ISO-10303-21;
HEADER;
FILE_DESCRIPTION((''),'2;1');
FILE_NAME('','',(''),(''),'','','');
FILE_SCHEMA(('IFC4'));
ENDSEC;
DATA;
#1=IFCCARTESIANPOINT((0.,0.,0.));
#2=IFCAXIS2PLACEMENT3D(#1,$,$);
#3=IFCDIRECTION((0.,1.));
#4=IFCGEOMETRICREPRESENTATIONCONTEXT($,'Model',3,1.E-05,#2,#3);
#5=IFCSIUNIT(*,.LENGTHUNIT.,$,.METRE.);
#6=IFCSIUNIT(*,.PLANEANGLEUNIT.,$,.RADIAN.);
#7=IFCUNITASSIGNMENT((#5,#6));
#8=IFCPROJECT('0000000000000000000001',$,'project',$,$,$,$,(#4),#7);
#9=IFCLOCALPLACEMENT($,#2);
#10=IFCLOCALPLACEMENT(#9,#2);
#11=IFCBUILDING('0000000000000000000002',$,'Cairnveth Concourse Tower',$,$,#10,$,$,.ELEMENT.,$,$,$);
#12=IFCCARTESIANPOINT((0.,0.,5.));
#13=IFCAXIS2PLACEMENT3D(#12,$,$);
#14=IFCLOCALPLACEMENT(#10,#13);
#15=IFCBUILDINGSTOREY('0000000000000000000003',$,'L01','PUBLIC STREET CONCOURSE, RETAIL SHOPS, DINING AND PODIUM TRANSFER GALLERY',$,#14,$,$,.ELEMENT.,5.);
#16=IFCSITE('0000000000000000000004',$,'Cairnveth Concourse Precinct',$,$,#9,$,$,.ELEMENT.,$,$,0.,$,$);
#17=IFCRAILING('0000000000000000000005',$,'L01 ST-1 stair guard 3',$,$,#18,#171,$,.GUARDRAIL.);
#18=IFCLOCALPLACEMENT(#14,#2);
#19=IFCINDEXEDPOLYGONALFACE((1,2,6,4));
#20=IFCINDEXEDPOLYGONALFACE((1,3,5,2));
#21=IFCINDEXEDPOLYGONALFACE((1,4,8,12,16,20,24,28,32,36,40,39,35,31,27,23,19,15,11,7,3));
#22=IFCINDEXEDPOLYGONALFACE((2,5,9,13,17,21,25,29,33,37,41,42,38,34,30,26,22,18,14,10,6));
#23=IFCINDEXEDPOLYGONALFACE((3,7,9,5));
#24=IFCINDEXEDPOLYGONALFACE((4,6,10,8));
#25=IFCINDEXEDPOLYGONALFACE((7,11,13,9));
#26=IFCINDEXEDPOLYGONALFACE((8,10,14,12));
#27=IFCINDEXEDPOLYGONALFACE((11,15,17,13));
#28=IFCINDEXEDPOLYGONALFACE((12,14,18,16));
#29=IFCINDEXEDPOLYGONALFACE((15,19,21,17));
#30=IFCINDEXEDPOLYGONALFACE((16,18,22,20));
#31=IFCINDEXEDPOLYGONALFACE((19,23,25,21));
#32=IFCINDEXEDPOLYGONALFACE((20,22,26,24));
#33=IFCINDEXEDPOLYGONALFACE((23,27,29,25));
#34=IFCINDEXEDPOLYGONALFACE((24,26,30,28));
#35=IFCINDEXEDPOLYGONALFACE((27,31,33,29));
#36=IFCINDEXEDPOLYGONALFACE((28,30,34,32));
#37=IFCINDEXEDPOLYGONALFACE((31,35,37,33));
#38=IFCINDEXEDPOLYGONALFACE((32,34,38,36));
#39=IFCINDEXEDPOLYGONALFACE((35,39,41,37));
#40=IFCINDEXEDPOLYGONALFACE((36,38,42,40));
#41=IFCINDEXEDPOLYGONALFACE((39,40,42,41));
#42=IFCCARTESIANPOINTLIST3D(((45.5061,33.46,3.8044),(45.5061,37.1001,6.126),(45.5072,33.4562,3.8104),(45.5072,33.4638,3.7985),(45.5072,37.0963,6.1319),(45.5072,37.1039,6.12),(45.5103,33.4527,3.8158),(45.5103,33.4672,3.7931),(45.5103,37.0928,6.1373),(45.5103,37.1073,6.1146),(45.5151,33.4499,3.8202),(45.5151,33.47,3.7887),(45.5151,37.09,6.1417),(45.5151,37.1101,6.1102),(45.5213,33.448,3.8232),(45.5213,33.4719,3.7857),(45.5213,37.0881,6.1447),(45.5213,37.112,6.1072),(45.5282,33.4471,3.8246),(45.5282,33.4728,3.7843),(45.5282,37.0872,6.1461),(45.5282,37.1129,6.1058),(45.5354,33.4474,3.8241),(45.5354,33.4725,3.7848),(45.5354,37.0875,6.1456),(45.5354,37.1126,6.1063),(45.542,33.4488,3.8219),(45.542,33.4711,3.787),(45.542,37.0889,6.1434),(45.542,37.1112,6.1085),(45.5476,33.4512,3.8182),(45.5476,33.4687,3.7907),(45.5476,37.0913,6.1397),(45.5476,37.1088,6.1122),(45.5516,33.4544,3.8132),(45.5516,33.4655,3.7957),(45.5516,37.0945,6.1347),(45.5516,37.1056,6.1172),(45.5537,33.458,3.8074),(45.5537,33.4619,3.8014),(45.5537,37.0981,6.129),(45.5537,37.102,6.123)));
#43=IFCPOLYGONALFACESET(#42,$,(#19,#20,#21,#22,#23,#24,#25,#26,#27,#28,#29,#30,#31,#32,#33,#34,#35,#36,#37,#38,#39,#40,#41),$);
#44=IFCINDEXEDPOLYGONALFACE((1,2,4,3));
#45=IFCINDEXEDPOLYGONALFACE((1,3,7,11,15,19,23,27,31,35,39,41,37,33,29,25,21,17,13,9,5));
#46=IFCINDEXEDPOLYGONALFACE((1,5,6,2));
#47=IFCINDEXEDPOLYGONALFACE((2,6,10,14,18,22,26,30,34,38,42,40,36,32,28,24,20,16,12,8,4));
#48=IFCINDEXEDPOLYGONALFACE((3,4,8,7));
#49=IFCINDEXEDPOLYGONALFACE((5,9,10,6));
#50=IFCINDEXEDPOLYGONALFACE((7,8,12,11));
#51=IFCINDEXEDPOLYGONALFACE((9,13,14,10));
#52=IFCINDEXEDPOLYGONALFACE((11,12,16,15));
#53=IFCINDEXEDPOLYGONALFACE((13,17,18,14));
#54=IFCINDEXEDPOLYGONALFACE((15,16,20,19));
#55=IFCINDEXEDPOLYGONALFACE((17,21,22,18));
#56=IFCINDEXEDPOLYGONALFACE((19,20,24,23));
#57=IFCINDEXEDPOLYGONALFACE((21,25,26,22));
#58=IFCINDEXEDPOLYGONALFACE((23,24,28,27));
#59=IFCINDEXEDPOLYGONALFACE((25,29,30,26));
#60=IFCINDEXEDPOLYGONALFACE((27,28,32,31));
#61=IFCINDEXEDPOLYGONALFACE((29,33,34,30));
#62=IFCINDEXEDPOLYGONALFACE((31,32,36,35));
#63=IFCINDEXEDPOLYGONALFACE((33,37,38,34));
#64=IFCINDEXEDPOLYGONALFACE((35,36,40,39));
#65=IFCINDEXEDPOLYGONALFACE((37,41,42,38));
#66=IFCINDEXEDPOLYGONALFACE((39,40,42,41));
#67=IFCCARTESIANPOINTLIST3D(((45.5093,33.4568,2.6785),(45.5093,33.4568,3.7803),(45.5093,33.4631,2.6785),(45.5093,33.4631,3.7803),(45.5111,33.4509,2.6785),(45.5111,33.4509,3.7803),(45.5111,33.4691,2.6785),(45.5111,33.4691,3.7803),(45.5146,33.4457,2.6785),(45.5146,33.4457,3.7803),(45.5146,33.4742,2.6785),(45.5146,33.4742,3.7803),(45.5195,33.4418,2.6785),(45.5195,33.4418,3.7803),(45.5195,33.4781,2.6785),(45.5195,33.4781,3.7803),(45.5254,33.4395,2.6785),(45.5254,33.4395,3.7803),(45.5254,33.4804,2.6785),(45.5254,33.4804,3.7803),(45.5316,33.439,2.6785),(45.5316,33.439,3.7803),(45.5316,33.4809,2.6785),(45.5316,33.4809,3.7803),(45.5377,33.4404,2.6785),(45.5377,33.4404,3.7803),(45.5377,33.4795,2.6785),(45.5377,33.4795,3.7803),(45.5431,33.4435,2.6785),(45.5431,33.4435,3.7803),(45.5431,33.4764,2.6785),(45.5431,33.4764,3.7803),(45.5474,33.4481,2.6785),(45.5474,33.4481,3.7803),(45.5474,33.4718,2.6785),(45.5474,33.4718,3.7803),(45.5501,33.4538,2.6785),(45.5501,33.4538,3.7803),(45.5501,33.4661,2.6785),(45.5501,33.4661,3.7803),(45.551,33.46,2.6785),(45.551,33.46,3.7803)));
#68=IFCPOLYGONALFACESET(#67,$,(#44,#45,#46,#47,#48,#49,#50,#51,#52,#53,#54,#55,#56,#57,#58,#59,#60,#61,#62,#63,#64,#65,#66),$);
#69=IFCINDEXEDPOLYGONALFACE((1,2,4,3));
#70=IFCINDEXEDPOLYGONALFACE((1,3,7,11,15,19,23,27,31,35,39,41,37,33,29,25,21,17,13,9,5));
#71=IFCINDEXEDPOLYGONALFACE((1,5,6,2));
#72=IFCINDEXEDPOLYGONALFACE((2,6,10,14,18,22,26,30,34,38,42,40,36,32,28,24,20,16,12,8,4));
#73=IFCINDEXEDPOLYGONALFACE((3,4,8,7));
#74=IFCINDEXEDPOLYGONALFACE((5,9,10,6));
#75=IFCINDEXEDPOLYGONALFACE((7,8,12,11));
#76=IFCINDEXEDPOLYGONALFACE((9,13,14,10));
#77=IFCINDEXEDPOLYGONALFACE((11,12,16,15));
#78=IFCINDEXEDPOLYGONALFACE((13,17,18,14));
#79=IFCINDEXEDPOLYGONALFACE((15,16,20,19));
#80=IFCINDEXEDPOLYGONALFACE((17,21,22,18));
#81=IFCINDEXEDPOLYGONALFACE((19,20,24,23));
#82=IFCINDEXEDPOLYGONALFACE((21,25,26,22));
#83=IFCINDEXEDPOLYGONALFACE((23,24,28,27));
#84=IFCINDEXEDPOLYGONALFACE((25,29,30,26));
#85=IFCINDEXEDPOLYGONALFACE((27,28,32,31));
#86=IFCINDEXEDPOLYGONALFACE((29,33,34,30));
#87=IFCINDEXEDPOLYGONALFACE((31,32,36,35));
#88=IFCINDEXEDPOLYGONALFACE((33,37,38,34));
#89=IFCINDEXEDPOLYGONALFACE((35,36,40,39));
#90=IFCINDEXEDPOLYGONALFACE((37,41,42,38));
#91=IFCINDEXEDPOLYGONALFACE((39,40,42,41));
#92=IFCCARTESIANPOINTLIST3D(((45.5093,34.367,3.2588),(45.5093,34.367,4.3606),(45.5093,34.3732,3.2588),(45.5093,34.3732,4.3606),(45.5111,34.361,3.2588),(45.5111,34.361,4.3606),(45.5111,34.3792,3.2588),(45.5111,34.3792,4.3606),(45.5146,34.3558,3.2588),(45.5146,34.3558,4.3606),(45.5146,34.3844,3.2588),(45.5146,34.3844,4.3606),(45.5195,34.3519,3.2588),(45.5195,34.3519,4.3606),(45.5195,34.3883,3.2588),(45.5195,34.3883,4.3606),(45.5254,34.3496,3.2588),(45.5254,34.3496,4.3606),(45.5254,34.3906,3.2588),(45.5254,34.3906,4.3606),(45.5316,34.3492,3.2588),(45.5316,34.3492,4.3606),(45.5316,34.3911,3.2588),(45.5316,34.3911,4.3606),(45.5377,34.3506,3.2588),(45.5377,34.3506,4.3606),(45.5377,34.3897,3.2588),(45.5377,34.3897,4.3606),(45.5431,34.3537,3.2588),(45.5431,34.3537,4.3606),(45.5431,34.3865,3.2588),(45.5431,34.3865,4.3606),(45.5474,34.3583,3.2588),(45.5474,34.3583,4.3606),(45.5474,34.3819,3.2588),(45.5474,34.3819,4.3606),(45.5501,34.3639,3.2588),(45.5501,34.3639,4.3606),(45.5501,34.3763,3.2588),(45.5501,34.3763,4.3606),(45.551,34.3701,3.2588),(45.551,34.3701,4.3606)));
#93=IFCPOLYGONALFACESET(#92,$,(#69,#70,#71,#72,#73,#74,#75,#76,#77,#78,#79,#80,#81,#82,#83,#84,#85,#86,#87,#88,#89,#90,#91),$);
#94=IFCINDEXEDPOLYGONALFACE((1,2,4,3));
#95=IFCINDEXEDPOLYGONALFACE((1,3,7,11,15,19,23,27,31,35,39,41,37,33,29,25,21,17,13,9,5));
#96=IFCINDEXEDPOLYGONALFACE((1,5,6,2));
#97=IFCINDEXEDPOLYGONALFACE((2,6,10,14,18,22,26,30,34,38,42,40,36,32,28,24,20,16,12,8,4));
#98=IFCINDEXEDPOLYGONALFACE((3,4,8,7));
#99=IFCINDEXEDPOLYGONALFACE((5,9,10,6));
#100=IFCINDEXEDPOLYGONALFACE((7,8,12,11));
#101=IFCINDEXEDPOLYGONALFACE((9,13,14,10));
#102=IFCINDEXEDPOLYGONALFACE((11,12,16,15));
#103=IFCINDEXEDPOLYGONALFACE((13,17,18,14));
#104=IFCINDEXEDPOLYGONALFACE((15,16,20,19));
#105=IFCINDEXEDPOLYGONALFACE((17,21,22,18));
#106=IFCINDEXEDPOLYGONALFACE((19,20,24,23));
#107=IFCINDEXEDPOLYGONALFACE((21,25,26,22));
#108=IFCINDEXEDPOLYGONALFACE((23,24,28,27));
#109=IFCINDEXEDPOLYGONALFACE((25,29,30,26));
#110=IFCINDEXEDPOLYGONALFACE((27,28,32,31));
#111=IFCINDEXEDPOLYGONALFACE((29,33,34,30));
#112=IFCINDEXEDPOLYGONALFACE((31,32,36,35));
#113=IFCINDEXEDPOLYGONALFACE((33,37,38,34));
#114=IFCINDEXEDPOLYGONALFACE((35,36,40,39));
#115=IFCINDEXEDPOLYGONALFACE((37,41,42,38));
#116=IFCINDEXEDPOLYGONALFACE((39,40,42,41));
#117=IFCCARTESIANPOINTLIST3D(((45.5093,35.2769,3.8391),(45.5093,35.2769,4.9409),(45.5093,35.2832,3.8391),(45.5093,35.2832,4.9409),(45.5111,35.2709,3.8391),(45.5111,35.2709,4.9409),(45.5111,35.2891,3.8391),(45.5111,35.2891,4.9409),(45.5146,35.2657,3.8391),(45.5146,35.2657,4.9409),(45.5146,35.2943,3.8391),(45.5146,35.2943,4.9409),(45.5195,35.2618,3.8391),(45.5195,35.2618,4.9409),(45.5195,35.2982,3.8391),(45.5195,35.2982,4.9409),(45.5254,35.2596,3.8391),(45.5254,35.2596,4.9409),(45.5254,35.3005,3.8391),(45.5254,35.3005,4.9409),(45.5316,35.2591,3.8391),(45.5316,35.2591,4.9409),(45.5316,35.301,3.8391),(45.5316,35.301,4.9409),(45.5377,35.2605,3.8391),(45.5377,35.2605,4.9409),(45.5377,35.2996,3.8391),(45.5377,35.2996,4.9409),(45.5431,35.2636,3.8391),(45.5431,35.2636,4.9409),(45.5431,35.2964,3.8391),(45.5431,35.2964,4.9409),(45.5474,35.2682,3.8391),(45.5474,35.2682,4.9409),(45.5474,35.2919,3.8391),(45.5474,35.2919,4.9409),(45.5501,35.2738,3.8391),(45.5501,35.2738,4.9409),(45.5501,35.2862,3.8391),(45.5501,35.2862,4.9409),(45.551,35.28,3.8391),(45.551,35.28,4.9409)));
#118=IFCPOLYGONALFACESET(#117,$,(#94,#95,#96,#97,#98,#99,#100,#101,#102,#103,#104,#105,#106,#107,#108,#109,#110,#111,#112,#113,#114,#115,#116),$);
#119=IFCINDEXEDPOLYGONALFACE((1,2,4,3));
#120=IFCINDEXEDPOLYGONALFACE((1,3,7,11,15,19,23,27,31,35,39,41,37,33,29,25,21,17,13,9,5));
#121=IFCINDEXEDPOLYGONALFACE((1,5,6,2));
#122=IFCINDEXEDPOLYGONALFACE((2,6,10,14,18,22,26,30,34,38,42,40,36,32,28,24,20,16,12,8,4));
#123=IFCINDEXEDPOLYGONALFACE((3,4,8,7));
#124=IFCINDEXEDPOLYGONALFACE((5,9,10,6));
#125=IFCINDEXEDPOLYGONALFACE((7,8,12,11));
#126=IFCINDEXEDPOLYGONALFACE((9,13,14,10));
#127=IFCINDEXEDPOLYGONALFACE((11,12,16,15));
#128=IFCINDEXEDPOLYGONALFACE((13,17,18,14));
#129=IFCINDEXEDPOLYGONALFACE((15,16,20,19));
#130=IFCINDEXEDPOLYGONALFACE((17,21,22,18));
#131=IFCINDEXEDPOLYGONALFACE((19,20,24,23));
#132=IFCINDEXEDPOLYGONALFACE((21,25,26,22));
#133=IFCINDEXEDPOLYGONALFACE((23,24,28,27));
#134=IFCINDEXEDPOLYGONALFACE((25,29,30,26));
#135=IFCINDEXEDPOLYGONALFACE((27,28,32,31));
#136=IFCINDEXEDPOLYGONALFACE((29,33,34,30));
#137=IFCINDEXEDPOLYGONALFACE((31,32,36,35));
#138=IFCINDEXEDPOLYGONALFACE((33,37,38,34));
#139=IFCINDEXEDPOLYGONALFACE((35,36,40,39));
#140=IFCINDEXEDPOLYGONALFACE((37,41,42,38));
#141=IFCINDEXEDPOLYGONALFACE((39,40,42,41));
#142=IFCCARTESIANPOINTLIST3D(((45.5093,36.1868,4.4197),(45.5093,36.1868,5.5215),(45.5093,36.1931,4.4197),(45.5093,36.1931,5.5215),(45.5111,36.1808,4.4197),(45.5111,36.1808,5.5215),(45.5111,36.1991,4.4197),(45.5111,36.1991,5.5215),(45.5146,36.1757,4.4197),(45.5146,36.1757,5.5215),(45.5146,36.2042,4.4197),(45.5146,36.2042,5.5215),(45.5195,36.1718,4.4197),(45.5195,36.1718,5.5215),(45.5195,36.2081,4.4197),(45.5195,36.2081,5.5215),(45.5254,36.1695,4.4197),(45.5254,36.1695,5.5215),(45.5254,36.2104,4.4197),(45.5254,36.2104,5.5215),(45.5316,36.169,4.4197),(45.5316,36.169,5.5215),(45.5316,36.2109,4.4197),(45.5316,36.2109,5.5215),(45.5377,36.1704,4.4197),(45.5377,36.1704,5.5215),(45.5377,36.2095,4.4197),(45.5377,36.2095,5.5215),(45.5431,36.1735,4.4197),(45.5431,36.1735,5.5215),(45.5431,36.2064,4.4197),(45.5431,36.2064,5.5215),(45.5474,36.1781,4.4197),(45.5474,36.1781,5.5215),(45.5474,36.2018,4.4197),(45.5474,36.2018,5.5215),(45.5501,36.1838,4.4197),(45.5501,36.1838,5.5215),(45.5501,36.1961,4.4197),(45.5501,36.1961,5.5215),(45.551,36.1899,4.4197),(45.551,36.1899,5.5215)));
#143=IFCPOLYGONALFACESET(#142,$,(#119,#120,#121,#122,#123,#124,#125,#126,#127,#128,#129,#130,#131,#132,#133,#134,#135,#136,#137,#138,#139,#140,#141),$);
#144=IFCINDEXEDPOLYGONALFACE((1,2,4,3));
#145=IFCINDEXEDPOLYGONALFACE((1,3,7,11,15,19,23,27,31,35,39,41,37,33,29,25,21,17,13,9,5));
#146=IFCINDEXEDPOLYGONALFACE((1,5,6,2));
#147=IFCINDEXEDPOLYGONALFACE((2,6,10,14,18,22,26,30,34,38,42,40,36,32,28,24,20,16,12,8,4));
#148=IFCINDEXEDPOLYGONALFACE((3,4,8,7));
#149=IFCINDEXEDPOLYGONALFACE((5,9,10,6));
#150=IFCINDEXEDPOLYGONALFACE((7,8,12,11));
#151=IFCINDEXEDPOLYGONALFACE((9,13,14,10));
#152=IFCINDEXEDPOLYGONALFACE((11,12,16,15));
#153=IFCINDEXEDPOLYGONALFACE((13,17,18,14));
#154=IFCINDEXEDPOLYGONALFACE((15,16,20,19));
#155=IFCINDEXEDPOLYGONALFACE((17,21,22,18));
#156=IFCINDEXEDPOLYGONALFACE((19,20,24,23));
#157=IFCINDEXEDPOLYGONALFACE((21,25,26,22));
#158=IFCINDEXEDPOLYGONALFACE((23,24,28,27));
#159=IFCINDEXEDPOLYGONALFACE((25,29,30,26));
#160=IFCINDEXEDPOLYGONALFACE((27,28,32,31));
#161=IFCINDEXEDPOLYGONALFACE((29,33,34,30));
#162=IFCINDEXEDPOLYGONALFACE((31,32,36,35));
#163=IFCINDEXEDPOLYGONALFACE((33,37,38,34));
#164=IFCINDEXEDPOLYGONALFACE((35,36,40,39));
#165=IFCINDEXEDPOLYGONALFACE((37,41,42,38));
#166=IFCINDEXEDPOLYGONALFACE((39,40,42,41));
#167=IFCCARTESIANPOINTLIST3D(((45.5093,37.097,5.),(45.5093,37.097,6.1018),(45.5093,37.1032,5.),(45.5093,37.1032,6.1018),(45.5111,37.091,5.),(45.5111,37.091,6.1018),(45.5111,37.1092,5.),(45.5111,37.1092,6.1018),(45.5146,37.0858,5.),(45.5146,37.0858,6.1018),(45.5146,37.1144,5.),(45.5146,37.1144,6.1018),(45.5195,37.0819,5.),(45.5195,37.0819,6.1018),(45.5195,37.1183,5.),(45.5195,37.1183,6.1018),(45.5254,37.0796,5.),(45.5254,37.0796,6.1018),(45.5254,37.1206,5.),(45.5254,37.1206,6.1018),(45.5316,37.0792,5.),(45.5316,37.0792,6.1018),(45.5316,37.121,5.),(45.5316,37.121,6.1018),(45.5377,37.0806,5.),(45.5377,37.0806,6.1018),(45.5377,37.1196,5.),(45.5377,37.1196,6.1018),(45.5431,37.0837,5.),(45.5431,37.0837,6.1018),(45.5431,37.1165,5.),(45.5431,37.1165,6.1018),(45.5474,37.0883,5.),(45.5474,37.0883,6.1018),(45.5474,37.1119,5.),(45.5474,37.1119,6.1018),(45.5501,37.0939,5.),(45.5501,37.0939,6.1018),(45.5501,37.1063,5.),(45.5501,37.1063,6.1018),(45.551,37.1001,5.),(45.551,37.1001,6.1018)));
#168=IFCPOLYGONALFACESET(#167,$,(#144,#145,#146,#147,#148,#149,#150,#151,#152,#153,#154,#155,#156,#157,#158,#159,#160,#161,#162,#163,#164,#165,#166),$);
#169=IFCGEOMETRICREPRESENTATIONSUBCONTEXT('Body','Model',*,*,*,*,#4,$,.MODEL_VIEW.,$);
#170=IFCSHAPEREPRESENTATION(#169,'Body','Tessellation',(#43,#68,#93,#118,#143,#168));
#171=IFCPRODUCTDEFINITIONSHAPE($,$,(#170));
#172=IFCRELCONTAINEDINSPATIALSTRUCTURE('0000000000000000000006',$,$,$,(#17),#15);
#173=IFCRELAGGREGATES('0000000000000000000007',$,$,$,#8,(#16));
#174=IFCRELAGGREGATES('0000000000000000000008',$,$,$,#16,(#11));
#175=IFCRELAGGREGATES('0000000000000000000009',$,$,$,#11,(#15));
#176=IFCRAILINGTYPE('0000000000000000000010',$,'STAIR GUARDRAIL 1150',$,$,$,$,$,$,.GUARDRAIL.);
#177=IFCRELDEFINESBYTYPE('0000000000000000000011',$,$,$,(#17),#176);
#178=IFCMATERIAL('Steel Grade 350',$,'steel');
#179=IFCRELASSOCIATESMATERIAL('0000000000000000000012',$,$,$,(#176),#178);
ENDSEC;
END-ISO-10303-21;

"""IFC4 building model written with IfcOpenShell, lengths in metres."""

from ifc_helpers import new_model, si_unit, direction, frame, origin, origin_2d, place, context, subcontext, project, spatial, circle, extrude, material, type_object, element, save


model = new_model("IFC4")

# Units and contexts
model_context = context("Model", 3, precision=1e-05, world=origin(), true_north=direction((0.0, 1.0)))
body_context = subcontext(model_context, "Body", "Model", "MODEL_VIEW")
ifc_project = project(units=[si_unit("LENGTHUNIT", "METRE"), si_unit("PLANEANGLEUNIT", "RADIAN")], contexts=[model_context])

# Site, building, storey
site_placement = place(None, origin())
site = spatial("IfcSite", under=ifc_project, at=site_placement, Name="Cairnveth Concourse Precinct", CompositionType="ELEMENT", RefElevation=0.0)
building_placement = place(site_placement, origin())
building = spatial("IfcBuilding", under=site, at=building_placement, Name="Cairnveth Concourse Tower", CompositionType="ELEMENT")
storey_placement = place(building_placement, frame((0.0, 0.0, 5.0)))
storey = spatial("IfcBuildingStorey", under=building, at=storey_placement, Name="L01", Description="PUBLIC STREET CONCOURSE, RETAIL SHOPS, DINING AND PODIUM TRANSFER GALLERY", CompositionType="ELEMENT", Elevation=5.0)

# Shared definitions
ifc_material_1 = material(Name="Steel Grade 350", Category="steel")

# Railing
railing_type_1 = type_object("IfcRailingType", Name="STAIR GUARDRAIL 1150", PredefinedType="GUARDRAIL", material=ifc_material_1)
railing_1_placement = place(storey_placement, frame((45.53, 33.46, 2.6785)))
element("IfcRailing", 1, at=railing_1_placement, inside=storey, type_object=railing_type_1, Name="L01 ST-1 stair guard 3", PredefinedType="GUARDRAIL", context=body_context, shape_type="SweptSolid", body=[
    extrude(circle(Radius=0.0239, at=origin_2d()), frame((0.0, 0.0, 1.126), z_axis=(0.0, 0.843128, 0.537713), x_axis=(-1.0, 0.0, 0.0)), (0.0, 0.0, 1.0), 4.3174),
    extrude(circle(Radius=0.021, at=origin_2d()), origin(), (0.0, 0.0, 1.0), 1.1018),
    extrude(circle(Radius=0.021, at=origin_2d()), frame((0.0, 0.9102, 0.5803)), (0.0, 0.0, 1.0), 1.1018),
    extrude(circle(Radius=0.021, at=origin_2d()), frame((0.0, 1.8201, 1.1606)), (0.0, 0.0, 1.0), 1.1018),
    extrude(circle(Radius=0.021, at=origin_2d()), frame((0.0, 2.73, 1.7412)), (0.0, 0.0, 1.0), 1.1018),
    extrude(circle(Radius=0.021, at=origin_2d()), frame((0.0, 3.6401, 2.3215)), (0.0, 0.0, 1.0), 1.1018),
])

save(model, "model.ifc")
